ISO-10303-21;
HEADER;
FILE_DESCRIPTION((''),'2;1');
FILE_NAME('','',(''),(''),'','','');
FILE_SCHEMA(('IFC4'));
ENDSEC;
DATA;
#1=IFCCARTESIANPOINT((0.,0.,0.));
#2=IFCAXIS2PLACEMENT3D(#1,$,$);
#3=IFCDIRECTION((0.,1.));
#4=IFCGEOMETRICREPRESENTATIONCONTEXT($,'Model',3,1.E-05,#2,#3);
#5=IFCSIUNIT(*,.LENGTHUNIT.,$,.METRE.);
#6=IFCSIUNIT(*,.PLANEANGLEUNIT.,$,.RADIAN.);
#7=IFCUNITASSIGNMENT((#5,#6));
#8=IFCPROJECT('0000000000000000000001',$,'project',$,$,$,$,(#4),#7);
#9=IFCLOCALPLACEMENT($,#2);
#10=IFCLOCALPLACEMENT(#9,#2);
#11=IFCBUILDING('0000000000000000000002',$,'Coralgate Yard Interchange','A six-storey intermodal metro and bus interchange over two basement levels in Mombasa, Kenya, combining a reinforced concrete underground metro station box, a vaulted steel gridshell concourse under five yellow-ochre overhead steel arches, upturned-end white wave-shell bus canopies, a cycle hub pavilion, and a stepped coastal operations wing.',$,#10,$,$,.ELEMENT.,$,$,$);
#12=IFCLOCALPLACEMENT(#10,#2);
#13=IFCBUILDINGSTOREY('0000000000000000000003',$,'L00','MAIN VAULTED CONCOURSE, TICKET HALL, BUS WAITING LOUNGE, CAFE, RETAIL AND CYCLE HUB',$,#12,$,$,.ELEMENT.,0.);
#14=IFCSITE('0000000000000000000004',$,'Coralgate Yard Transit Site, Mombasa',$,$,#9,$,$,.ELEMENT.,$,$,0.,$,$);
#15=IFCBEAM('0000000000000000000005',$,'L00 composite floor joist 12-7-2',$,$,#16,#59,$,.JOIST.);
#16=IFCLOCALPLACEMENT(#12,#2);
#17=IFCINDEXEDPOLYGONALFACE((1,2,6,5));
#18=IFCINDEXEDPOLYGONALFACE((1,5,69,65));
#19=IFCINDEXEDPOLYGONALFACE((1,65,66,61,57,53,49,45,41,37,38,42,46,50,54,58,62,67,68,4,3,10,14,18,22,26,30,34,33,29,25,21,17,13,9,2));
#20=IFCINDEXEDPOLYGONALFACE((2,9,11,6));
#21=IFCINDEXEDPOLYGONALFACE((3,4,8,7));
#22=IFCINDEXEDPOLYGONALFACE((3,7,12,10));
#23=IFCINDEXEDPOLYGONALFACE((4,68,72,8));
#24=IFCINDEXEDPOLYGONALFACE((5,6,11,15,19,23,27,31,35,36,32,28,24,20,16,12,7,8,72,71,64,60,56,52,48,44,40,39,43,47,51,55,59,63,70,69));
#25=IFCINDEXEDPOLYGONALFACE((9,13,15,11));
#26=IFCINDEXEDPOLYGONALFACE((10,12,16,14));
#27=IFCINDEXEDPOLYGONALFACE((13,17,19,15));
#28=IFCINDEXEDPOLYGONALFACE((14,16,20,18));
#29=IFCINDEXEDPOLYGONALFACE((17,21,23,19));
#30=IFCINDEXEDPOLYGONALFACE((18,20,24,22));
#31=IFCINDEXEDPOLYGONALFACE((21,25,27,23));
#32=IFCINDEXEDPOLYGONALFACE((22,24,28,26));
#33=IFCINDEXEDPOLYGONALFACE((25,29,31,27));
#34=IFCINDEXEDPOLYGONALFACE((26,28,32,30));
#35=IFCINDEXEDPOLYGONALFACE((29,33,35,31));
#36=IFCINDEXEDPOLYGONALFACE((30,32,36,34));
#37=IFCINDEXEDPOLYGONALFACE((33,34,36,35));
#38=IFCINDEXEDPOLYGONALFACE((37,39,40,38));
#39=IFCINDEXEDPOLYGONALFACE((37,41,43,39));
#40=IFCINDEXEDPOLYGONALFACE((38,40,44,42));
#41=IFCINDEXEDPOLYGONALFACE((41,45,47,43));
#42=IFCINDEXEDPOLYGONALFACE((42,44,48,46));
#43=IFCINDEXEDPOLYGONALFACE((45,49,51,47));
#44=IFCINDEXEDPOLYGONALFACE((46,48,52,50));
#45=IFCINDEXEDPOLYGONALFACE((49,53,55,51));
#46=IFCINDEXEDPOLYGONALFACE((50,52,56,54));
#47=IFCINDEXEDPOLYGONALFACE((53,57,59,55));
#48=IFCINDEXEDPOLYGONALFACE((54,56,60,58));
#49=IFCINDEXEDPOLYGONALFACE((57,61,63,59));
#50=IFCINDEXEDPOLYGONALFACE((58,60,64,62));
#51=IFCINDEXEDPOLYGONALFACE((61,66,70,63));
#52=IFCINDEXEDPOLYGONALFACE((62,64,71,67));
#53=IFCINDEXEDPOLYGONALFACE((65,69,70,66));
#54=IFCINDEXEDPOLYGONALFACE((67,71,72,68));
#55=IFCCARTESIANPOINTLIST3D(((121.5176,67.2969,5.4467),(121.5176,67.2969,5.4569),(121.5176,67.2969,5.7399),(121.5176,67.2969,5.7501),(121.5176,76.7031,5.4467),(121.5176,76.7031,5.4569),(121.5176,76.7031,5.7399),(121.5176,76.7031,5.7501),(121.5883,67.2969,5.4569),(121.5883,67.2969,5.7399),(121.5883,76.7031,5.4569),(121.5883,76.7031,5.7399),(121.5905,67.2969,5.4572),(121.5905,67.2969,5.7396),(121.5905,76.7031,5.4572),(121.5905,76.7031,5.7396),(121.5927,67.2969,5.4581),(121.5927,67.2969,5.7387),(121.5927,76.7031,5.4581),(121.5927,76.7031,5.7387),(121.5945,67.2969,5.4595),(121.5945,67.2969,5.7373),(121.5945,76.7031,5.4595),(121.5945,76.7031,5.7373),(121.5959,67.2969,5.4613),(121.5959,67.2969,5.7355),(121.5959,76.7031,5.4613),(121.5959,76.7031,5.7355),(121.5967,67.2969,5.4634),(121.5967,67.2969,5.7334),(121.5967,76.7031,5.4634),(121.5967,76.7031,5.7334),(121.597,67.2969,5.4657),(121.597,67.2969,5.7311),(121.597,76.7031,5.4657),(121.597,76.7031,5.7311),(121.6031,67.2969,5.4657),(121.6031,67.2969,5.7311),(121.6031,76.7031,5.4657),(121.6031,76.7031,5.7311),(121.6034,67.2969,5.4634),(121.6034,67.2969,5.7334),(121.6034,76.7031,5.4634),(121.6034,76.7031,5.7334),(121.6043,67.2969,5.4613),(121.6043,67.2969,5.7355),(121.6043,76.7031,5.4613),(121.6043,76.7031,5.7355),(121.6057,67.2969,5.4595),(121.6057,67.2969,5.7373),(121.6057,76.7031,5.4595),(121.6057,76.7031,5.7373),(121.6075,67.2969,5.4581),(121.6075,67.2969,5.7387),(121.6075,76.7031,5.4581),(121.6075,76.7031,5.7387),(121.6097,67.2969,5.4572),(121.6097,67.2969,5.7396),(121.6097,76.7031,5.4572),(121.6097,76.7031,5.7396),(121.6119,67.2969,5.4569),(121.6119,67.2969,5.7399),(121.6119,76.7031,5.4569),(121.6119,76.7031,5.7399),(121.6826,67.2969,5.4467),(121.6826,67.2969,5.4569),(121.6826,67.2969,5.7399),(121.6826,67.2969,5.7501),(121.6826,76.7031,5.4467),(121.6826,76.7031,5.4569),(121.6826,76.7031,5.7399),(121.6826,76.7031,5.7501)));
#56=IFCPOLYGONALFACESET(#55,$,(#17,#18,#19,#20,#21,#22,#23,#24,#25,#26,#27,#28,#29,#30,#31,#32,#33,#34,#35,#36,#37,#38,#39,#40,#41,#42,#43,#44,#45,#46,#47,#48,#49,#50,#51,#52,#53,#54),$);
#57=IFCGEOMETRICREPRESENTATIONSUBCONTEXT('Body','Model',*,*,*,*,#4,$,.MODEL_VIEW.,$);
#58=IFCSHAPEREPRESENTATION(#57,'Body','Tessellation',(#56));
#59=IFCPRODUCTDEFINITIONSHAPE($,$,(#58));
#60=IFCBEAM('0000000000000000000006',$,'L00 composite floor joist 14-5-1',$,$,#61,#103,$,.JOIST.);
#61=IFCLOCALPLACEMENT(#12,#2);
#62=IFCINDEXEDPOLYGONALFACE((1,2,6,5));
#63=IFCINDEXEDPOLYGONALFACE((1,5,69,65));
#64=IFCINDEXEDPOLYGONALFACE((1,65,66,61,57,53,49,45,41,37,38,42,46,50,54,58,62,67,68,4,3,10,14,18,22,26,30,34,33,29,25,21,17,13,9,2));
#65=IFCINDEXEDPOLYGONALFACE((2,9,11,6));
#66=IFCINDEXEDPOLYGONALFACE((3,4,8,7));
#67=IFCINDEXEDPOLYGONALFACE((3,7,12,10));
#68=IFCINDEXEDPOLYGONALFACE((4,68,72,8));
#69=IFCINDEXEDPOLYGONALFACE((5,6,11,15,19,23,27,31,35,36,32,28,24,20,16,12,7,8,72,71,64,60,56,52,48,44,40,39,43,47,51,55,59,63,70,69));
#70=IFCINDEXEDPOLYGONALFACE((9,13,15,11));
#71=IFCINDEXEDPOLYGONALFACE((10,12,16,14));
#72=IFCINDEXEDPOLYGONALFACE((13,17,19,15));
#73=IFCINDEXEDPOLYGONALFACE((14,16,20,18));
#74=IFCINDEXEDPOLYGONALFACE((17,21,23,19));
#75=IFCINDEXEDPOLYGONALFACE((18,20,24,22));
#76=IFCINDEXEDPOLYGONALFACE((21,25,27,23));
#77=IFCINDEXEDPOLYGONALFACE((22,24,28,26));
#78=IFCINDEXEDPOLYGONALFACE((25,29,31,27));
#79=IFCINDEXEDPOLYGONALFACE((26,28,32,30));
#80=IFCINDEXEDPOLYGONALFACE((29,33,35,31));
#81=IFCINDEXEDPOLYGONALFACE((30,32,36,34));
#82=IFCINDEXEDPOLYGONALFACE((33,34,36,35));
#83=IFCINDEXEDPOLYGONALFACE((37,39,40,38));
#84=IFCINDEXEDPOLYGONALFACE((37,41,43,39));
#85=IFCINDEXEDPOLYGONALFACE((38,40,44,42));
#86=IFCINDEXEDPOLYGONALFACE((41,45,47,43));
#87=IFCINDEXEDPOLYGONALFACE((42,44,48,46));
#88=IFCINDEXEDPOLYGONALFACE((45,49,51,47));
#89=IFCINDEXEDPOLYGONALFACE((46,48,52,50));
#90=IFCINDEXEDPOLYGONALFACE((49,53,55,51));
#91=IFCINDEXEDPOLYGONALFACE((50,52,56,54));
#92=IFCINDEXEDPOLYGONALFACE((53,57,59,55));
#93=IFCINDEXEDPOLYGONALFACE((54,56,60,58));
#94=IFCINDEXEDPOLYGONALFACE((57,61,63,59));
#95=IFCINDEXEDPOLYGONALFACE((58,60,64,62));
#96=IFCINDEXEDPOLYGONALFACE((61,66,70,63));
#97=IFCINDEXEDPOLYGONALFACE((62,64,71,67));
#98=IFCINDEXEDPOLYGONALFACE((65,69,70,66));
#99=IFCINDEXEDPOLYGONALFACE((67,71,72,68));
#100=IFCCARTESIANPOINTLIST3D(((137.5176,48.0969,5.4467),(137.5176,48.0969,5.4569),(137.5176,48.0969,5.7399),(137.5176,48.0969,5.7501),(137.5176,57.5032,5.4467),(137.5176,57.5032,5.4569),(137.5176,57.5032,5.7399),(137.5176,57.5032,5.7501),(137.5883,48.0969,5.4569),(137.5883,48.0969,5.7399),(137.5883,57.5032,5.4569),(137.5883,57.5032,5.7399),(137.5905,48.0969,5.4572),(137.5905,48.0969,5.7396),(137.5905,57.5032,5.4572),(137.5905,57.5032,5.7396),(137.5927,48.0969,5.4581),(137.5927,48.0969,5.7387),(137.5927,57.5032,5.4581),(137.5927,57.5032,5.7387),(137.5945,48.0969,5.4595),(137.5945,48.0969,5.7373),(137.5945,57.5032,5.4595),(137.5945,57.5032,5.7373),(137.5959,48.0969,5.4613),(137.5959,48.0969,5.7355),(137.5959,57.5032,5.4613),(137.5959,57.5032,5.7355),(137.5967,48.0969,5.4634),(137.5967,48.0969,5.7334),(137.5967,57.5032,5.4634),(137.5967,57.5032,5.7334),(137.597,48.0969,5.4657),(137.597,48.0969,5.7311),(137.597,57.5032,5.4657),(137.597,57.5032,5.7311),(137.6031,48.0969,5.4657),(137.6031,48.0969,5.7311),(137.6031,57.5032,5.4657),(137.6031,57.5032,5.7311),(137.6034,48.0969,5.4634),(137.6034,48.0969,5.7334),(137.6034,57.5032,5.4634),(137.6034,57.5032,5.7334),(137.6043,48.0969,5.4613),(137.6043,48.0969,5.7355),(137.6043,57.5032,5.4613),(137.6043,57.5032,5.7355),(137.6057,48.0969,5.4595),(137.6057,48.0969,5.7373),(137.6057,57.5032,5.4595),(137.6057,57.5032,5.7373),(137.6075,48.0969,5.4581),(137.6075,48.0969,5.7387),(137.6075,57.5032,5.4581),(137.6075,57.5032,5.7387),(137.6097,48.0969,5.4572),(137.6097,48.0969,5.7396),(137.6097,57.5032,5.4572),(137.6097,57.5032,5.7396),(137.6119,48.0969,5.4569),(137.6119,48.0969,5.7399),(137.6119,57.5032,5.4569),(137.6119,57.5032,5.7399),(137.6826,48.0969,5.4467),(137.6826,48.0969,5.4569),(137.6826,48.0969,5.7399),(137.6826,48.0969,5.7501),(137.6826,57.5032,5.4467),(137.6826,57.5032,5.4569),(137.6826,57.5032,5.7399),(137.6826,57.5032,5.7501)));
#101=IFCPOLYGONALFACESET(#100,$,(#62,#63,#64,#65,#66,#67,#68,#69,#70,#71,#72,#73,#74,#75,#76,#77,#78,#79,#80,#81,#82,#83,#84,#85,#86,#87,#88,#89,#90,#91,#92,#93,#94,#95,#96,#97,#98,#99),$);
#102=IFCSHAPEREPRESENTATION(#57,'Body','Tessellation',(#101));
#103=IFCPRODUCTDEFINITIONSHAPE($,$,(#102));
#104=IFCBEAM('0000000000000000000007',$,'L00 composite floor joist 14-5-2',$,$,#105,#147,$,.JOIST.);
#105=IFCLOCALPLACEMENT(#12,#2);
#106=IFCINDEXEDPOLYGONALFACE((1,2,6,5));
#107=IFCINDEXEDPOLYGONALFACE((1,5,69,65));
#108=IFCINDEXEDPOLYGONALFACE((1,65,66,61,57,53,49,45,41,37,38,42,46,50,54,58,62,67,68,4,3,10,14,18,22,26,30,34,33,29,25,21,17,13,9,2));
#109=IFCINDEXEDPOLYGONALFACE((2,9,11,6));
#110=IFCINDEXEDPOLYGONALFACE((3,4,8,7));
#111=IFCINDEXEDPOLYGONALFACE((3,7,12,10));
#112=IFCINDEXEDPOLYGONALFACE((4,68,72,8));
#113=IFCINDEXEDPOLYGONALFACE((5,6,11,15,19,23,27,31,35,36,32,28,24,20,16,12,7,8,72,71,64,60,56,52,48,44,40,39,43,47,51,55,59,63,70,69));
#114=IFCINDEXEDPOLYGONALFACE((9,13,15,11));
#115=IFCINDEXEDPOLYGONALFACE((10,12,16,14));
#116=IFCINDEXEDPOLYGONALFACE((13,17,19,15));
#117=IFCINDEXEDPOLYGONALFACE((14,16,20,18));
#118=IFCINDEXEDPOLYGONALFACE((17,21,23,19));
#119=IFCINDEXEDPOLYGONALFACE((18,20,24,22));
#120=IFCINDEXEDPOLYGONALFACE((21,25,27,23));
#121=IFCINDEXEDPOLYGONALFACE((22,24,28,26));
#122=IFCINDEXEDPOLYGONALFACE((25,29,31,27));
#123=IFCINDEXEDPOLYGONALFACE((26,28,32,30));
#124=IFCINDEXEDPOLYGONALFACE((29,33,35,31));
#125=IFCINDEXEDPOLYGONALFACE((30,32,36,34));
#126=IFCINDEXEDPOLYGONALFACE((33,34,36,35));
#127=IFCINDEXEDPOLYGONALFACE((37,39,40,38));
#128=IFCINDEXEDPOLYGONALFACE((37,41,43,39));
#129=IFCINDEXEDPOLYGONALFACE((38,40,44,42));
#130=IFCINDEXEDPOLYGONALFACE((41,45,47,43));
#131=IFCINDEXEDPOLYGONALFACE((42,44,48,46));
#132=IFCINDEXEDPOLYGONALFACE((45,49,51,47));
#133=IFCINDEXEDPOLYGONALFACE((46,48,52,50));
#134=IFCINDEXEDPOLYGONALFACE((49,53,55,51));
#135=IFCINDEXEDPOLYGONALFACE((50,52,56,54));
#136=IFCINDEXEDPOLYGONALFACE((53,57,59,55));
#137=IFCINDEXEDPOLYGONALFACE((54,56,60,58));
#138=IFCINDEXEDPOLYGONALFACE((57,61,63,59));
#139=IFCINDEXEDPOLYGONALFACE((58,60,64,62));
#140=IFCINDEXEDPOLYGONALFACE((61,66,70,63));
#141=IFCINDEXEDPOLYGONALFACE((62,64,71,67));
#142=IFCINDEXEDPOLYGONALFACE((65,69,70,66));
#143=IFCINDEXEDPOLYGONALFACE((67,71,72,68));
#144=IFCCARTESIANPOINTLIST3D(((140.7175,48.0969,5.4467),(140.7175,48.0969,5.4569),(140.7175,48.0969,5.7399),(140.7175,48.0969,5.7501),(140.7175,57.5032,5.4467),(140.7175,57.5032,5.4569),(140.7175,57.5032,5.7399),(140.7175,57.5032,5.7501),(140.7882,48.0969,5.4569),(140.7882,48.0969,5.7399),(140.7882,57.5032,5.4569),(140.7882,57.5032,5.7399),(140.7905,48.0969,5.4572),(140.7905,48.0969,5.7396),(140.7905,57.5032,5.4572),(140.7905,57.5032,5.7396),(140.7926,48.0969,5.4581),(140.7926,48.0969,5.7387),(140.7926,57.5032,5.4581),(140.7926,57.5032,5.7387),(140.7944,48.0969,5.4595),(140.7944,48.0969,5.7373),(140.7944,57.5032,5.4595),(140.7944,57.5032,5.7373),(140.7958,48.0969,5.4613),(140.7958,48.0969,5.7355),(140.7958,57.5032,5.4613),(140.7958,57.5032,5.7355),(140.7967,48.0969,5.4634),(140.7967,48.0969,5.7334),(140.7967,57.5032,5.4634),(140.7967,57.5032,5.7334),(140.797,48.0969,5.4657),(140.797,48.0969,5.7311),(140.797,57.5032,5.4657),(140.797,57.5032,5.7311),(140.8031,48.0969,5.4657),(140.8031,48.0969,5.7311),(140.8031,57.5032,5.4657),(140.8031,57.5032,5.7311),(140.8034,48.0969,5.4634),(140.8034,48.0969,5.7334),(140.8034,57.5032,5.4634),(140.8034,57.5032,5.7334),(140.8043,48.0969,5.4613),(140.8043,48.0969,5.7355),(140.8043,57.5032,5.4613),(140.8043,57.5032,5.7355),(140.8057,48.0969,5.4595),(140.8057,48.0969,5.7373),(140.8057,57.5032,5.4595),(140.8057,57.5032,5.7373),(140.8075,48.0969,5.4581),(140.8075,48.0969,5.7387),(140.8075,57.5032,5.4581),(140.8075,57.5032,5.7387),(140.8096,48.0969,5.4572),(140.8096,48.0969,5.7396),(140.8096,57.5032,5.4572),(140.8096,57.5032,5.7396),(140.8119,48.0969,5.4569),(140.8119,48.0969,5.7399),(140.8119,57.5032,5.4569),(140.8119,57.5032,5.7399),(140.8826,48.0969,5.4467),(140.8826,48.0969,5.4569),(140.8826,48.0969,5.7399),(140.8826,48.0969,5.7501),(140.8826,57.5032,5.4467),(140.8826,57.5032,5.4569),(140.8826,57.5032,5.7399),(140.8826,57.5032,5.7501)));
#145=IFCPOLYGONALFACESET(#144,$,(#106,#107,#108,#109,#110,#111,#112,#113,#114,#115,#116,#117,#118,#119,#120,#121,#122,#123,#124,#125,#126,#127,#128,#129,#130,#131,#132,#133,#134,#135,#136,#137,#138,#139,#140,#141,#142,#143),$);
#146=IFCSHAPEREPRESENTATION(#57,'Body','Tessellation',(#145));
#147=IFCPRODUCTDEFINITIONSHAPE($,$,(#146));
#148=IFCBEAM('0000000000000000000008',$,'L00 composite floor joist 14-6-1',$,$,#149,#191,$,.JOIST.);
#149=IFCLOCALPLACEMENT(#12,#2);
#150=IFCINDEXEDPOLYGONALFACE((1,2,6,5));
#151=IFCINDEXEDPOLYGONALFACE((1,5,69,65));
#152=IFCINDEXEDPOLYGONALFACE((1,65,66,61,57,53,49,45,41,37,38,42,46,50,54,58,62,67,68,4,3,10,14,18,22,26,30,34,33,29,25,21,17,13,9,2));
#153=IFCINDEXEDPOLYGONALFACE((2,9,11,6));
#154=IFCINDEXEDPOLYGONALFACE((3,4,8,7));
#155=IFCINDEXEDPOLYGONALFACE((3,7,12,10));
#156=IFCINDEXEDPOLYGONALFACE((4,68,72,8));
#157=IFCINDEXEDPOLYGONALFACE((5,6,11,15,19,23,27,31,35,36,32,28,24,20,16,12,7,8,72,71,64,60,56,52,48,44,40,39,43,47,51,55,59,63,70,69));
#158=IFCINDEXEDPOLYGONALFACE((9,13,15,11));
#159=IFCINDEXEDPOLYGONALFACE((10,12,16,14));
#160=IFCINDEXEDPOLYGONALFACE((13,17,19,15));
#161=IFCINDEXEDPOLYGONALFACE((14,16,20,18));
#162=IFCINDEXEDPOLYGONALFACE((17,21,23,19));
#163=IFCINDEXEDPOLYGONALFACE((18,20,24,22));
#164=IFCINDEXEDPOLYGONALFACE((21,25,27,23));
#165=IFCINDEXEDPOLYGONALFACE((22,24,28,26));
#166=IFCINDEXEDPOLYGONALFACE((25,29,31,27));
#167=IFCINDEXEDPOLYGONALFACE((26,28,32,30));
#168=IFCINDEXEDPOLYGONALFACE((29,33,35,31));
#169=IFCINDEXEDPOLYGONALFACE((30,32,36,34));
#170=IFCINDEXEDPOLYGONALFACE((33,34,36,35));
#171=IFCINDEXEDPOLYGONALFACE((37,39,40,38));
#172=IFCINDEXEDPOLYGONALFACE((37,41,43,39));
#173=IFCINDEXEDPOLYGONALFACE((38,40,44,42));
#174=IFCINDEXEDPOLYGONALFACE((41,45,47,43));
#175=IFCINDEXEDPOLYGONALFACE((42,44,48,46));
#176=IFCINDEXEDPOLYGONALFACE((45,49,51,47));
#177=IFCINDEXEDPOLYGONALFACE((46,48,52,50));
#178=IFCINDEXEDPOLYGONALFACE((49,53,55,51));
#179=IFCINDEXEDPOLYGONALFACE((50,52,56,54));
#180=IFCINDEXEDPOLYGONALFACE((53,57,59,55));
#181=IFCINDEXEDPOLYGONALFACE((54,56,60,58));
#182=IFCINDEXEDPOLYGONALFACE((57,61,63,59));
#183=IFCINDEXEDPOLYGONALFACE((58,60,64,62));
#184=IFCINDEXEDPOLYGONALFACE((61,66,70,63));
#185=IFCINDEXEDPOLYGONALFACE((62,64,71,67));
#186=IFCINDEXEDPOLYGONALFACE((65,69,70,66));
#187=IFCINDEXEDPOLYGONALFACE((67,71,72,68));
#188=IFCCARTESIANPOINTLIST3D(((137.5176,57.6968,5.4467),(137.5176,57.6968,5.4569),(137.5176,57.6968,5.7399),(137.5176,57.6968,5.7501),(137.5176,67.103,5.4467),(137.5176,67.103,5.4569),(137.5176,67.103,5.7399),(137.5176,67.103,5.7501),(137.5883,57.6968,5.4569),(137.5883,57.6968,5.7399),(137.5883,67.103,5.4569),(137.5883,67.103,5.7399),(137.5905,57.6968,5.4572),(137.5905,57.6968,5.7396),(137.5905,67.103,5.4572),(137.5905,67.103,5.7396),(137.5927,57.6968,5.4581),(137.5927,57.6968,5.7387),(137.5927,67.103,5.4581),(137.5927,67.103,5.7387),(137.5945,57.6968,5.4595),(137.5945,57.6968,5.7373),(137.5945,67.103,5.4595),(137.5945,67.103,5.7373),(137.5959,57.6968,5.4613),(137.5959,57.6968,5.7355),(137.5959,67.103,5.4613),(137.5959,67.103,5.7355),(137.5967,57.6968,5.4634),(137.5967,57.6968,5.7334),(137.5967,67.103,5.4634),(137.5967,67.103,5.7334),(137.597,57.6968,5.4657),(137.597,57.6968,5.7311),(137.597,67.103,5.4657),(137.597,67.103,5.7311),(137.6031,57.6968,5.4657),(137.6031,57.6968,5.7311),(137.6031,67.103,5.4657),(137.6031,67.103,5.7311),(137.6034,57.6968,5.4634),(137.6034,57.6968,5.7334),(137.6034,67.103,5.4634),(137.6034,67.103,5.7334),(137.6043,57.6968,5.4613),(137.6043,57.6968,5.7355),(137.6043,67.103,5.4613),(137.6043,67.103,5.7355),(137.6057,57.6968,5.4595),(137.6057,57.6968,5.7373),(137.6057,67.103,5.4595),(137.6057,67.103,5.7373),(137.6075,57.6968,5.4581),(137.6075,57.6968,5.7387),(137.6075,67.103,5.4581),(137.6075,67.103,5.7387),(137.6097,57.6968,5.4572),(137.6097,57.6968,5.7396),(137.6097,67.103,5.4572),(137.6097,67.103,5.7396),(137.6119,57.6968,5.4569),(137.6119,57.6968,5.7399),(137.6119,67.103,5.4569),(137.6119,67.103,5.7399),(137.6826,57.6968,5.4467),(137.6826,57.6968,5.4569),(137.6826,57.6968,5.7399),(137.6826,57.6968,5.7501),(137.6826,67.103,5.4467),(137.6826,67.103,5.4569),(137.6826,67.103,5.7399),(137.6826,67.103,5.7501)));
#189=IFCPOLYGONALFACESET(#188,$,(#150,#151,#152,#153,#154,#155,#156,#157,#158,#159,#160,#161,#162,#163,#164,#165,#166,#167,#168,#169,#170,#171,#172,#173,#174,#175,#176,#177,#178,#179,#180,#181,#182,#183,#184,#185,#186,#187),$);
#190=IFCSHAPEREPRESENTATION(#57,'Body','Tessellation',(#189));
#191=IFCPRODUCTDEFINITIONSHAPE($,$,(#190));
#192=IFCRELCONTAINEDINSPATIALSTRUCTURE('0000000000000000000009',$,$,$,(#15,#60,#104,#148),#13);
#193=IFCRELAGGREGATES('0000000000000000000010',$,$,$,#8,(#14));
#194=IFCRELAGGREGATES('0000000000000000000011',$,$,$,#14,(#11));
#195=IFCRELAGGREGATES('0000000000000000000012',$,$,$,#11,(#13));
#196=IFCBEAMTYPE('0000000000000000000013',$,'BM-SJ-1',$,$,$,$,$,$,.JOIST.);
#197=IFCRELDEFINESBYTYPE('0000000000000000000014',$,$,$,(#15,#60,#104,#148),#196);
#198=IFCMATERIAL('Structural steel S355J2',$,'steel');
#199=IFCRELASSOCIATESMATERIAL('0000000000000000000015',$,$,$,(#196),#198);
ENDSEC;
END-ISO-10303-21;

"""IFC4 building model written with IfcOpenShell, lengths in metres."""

from ifc_helpers import new_model, si_unit, direction, frame, origin, origin_2d, place, context, subcontext, project, spatial, i_section, extrude, material, material_profile, profile_set, type_object, element, save


model = new_model("IFC4")

# Units and contexts
model_context = context("Model", 3, precision=1e-05, world=origin(), true_north=direction((0.0, 1.0)))
body_context = subcontext(model_context, "Body", "Model", "MODEL_VIEW")
ifc_project = project(units=[si_unit("LENGTHUNIT", "METRE"), si_unit("PLANEANGLEUNIT", "RADIAN")], contexts=[model_context])

# Site, building, storey
site_placement = place(None, origin())
site = spatial("IfcSite", under=ifc_project, at=site_placement, Name="Coralgate Yard Transit Site, Mombasa", CompositionType="ELEMENT", RefElevation=0.0)
building_placement = place(site_placement, origin())
building = spatial("IfcBuilding", under=site, at=building_placement, Name="Coralgate Yard Interchange", Description="A six-storey intermodal metro and bus interchange over two basement levels in Mombasa, Kenya, combining a reinforced concrete underground metro station box, a vaulted steel gridshell concourse under five yellow-ochre overhead steel arches, upturned-end white wave-shell bus canopies, a cycle hub pavilion, and a stepped coastal operations wing.", CompositionType="ELEMENT")
storey_placement = place(building_placement, origin())
storey = spatial("IfcBuildingStorey", under=building, at=storey_placement, Name="L00", Description="MAIN VAULTED CONCOURSE, TICKET HALL, BUS WAITING LOUNGE, CAFE, RETAIL AND CYCLE HUB", CompositionType="ELEMENT", Elevation=0.0)

# Shared definitions
ifc_material = material(Name="Structural steel S355J2", Category="steel")

# Beams
ifc_material_profile_1 = material_profile(ifc_material, i_section(OverallWidth=0.165, OverallDepth=0.3035, WebThickness=0.0061, FlangeThickness=0.0103, FilletRadius=0.0088, at=origin_2d()), Name="UB 305x165x40")
ifc_profile_set_1 = profile_set([ifc_material_profile_1], Name="Structural steel S355J2")
beam_type_1 = type_object("IfcBeamType", Name="BM-SJ-1", PredefinedType="JOIST", material=ifc_profile_set_1)
for number, where, z_axis, x_axis, name in (
    (1, (121.6001, 67.2969, 5.5984), (0.0, 1.0, 0.0), (-1.0, 0.0, 0.0), "L00 composite floor joist 12-7-2"),
    (2, (137.6001, 48.0969, 5.5984), (0.0, 1.0, 0.0), (-1.0, 0.0, 0.0), "L00 composite floor joist 14-5-1"),
    (3, (140.8, 48.0969, 5.5984), (0.0, 1.0, 0.0), (-1.0, 0.0, 0.0), "L00 composite floor joist 14-5-2"),
    (4, (137.6001, 57.6968, 5.5984), (0.0, 1.0, 0.0), (-1.0, 0.0, 0.0), "L00 composite floor joist 14-6-1"),
):
    element("IfcBeam", number, at=place(storey_placement, frame(where, z_axis=z_axis, x_axis=x_axis)), inside=storey, type_object=beam_type_1, Name=name, PredefinedType="JOIST", context=body_context, shape_type="SweptSolid", body=[
        extrude(i_section(OverallWidth=0.165, OverallDepth=0.3035, WebThickness=0.0061, FlangeThickness=0.0103, FilletRadius=0.0088, at=origin_2d()), origin(), (0.0, 0.0, 1.0), 9.4062),
    ])

save(model, "model.ifc")
